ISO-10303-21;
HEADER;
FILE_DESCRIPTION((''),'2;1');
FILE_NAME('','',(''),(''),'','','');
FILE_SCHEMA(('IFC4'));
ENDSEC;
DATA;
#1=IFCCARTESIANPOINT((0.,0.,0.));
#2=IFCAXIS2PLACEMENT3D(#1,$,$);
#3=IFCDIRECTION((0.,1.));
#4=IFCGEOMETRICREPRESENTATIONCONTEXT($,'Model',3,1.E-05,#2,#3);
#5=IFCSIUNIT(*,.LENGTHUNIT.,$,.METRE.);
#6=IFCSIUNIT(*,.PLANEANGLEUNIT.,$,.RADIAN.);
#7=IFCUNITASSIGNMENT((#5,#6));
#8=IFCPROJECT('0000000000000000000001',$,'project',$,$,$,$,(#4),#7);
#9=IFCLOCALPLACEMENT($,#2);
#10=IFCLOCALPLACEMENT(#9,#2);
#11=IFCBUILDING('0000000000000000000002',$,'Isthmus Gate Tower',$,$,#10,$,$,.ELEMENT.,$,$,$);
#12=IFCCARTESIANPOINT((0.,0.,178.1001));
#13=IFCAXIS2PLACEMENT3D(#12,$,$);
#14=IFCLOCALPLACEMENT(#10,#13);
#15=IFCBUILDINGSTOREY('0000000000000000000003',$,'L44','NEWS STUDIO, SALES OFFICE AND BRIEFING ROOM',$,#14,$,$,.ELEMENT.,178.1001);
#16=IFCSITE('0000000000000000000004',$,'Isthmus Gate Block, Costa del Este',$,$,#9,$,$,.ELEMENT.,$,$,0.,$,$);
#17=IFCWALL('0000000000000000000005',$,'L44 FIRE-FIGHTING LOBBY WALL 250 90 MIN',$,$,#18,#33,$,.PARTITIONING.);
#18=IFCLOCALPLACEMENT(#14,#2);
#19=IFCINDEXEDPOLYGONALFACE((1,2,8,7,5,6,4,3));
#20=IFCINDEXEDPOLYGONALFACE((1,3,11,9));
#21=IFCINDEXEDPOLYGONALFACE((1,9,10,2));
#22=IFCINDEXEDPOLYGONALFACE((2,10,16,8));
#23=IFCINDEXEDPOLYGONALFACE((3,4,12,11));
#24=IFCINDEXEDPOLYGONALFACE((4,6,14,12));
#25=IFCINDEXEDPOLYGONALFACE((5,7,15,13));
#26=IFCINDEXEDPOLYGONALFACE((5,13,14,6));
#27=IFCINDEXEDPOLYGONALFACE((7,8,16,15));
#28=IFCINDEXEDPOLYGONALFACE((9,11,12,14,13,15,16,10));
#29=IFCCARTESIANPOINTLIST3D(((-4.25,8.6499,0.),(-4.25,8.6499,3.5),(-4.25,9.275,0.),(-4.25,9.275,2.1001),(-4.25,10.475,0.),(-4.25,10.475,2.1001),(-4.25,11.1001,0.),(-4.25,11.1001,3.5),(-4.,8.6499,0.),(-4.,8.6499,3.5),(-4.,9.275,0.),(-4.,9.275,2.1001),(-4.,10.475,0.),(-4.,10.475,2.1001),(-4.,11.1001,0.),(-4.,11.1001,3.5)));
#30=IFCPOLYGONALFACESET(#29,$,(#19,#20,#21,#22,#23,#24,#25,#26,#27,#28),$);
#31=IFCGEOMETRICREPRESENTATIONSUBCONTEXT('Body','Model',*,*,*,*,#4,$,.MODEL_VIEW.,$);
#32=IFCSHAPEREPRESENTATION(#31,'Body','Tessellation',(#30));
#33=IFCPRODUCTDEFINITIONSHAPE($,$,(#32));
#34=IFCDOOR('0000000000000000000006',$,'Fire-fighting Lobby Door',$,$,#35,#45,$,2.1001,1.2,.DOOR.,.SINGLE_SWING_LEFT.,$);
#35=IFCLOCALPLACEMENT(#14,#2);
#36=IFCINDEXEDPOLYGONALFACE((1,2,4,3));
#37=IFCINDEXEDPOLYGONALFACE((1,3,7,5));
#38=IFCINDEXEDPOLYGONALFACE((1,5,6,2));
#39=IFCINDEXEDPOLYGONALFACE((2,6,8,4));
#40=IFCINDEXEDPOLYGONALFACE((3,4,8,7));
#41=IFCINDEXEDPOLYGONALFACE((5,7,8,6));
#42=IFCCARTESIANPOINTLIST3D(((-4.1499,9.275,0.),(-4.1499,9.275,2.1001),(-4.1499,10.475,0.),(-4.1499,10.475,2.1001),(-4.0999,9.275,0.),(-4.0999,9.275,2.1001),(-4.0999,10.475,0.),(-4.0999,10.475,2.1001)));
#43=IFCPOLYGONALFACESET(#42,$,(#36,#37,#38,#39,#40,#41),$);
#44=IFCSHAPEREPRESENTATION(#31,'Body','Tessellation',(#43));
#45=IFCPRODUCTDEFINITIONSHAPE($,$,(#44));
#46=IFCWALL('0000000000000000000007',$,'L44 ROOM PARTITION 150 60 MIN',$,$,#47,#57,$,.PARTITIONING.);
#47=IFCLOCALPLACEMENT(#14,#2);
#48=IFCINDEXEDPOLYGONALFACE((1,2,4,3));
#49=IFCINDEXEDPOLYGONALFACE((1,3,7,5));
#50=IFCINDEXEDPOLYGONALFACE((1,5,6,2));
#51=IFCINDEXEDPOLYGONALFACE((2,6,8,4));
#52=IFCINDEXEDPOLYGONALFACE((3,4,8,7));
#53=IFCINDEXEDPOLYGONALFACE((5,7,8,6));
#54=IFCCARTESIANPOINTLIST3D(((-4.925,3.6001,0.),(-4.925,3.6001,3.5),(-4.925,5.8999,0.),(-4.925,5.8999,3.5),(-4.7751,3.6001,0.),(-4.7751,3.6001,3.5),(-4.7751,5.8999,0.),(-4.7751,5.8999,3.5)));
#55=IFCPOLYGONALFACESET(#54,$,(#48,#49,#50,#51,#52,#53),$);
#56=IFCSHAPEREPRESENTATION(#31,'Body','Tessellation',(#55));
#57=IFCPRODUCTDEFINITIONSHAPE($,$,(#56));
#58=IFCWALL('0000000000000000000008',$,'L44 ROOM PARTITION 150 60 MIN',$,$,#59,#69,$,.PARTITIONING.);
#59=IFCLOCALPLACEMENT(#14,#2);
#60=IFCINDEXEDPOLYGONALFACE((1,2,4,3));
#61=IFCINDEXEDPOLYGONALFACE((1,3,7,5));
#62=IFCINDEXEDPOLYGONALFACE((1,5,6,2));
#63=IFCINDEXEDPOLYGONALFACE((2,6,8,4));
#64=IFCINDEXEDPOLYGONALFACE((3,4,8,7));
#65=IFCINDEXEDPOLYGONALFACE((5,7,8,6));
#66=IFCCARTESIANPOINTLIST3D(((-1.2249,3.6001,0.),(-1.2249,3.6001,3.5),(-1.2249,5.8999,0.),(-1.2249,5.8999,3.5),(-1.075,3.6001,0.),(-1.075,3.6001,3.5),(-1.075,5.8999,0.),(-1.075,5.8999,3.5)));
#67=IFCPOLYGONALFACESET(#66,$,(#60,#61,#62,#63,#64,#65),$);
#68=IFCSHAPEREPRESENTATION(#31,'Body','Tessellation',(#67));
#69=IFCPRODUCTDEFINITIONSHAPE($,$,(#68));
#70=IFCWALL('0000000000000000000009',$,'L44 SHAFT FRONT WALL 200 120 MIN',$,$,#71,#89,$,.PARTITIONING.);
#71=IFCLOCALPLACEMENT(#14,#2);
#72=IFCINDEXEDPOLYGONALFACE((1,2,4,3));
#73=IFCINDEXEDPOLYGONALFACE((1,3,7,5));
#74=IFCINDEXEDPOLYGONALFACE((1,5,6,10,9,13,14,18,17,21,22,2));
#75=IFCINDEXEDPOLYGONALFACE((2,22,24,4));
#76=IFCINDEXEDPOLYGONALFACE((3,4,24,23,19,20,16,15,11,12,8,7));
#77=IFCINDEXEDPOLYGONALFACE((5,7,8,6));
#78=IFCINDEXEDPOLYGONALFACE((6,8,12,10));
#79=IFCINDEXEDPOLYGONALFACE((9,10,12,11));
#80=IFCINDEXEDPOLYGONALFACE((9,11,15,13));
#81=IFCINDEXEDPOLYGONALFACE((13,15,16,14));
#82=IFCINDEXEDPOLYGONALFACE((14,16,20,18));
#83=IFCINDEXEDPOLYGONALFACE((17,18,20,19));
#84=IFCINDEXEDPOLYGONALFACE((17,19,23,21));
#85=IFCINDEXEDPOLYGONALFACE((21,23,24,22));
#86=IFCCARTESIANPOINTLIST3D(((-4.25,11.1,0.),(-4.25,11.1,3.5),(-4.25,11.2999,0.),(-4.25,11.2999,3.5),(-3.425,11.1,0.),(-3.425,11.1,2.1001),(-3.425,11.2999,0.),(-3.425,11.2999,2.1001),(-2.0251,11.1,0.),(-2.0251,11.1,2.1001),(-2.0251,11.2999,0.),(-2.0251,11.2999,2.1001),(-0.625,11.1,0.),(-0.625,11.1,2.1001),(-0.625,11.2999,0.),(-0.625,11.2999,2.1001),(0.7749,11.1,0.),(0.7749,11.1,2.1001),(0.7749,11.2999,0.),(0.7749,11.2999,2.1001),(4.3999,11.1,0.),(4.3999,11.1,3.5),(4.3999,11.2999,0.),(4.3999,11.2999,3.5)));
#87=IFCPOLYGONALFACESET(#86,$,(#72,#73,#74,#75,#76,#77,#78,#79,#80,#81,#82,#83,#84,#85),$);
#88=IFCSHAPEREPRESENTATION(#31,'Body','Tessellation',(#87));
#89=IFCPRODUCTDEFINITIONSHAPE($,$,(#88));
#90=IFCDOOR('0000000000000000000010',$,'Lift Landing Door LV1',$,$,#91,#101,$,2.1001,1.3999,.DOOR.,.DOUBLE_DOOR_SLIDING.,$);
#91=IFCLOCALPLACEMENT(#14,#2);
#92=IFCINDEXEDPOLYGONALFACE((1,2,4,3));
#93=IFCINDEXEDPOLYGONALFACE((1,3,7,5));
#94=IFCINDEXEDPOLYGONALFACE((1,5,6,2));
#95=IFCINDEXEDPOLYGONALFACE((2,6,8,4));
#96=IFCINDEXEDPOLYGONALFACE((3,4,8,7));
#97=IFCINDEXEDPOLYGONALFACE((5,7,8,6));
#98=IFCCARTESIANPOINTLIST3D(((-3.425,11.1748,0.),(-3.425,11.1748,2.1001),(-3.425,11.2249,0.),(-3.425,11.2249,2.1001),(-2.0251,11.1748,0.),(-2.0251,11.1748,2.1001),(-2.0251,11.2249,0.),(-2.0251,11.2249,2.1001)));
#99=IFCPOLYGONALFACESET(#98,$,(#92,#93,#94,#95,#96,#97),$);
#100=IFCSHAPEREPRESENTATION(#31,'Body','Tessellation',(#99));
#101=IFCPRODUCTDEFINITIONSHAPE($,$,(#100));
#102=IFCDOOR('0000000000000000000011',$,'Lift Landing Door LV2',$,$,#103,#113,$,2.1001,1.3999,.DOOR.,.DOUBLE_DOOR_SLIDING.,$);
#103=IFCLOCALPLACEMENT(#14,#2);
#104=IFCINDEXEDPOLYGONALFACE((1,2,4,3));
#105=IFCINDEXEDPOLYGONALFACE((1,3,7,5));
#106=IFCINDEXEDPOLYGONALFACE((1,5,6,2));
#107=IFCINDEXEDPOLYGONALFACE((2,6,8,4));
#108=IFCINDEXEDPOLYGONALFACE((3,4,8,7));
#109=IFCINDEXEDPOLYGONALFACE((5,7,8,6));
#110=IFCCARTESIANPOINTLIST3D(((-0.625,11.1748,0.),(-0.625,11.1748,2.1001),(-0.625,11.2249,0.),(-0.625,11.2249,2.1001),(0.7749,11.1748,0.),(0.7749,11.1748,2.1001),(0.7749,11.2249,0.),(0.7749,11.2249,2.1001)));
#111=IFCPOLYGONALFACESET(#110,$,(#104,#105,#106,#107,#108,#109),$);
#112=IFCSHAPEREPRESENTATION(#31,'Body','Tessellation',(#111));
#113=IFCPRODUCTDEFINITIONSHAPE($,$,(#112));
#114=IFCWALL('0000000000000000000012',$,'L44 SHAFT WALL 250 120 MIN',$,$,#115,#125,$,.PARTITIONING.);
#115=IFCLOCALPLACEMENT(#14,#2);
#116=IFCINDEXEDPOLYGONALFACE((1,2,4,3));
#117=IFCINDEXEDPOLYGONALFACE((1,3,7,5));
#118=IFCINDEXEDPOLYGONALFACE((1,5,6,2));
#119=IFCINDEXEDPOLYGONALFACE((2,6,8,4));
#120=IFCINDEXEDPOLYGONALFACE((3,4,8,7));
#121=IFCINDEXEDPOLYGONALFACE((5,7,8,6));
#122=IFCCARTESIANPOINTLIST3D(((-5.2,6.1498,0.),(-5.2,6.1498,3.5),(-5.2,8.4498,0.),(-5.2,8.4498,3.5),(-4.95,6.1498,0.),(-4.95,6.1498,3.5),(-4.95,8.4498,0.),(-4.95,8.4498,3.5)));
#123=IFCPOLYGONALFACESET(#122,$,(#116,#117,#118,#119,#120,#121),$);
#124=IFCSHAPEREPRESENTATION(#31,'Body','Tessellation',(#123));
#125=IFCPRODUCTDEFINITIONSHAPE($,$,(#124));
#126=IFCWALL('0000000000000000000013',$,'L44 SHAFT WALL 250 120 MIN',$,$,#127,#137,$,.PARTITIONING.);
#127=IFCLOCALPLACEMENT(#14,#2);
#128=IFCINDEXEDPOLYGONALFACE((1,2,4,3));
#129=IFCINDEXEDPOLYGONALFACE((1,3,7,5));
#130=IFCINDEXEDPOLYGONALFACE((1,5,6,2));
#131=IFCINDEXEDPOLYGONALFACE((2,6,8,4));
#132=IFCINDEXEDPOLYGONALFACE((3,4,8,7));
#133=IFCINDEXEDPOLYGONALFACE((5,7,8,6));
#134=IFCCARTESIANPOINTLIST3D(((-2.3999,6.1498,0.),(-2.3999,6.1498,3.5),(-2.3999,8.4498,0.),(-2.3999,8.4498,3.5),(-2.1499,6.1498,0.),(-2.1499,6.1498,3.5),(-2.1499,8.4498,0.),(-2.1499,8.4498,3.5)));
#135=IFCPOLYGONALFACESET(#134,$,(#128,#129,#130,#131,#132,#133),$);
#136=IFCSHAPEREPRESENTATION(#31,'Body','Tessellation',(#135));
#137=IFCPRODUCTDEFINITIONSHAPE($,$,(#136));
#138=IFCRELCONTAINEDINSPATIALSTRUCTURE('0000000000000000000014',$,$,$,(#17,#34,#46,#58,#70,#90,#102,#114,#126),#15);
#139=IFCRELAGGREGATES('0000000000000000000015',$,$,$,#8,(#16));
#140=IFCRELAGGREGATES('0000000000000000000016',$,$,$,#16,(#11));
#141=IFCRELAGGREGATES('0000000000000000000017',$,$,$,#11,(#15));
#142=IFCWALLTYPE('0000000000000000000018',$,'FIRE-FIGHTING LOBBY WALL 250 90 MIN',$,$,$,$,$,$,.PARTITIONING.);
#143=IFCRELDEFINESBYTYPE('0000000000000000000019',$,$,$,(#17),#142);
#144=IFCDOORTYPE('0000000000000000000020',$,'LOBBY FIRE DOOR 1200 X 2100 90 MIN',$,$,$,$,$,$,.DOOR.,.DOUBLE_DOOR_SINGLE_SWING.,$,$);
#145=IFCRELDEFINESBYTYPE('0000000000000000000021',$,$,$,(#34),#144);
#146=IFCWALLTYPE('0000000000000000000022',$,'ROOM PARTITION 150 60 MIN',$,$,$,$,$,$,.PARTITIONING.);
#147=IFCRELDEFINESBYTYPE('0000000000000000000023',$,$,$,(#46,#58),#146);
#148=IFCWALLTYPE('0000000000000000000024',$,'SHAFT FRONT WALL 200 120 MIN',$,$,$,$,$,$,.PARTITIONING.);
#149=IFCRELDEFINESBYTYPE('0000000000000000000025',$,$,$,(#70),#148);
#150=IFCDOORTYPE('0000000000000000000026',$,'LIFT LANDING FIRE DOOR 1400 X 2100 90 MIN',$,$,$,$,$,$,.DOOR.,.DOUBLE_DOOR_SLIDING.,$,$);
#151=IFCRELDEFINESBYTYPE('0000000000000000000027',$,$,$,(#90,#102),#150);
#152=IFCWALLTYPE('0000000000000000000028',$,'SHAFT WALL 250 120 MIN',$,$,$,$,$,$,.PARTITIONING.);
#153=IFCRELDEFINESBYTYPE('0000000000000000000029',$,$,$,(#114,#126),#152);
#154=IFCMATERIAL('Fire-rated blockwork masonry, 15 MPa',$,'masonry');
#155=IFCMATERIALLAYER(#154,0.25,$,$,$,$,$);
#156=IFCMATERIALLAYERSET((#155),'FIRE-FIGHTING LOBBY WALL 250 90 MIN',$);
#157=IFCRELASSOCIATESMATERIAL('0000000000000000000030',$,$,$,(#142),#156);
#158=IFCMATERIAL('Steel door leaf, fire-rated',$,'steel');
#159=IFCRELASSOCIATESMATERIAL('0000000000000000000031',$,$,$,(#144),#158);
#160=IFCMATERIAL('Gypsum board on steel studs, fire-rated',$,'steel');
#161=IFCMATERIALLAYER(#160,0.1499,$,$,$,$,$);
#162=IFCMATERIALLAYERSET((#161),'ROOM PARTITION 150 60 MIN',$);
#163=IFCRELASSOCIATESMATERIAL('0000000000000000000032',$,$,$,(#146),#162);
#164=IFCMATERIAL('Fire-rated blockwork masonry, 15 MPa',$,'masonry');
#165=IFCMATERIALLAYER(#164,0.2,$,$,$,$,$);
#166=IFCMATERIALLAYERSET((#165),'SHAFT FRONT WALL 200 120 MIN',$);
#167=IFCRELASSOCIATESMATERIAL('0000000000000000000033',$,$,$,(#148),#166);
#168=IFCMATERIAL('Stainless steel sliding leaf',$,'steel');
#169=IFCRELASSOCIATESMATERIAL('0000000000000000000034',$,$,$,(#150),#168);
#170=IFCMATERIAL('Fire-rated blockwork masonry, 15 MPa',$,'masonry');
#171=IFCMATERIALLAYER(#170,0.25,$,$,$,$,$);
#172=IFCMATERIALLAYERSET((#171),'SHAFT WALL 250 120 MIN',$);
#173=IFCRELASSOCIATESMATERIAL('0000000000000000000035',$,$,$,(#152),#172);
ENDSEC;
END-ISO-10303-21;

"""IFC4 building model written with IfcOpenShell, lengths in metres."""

from ifc_helpers import new_model, si_unit, direction, frame, frame_2d, origin, place, context, subcontext, project, spatial, rectangle, extrude, material, layer, layer_set, type_object, element, fill, save


model = new_model("IFC4")

# Units and contexts
model_context = context("Model", 3, precision=1e-05, world=origin(), true_north=direction((0.0, 1.0)))
body_context = subcontext(model_context, "Body", "Model", "MODEL_VIEW")
ifc_project = project(units=[si_unit("LENGTHUNIT", "METRE"), si_unit("PLANEANGLEUNIT", "RADIAN")], contexts=[model_context])

# Site, building, storey
site_placement = place(None, origin())
site = spatial("IfcSite", under=ifc_project, at=site_placement, Name="Isthmus Gate Block, Costa del Este", CompositionType="ELEMENT", RefElevation=0.0)
building_placement = place(site_placement, origin())
building = spatial("IfcBuilding", under=site, at=building_placement, Name="Isthmus Gate Tower", CompositionType="ELEMENT")
storey_placement = place(building_placement, frame((0.0, 0.0, 178.1001)))
storey = spatial("IfcBuildingStorey", under=building, at=storey_placement, Name="L44", Description="NEWS STUDIO, SALES OFFICE AND BRIEFING ROOM", CompositionType="ELEMENT", Elevation=178.1001)

# Wall, opening, door
ifc_material_1 = material(Name="Fire-rated blockwork masonry, 15 MPa", Category="masonry")
ifc_layer_1 = layer(ifc_material_1, 0.25)
ifc_layer_set_1 = layer_set([ifc_layer_1], Name="FIRE-FIGHTING LOBBY WALL 250 90 MIN")
wall_type_1 = type_object("IfcWallType", Name="FIRE-FIGHTING LOBBY WALL 250 90 MIN", PredefinedType="PARTITIONING", material=ifc_layer_set_1)
wall_1_placement = place(storey_placement, frame((-4.125, 8.6499, 0.0), z_axis=(0.0, 0.0, 1.0), x_axis=(0.0, 1.0, 0.0)))
wall_1 = element("IfcWall", 1, at=wall_1_placement, inside=storey, type_object=wall_type_1, Name="L44 FIRE-FIGHTING LOBBY WALL 250 90 MIN", PredefinedType="PARTITIONING", context=body_context, shape_type="SweptSolid", body=[
    extrude(rectangle(XDim=2.4502, YDim=0.25, at=frame_2d((1.2251, 0.0))), origin(), (0.0, 0.0, 1.0), 3.5),
])
opening_1_placement = place(wall_1_placement, frame((0.625, 0.0, 0.0)))
opening_1 = element("IfcOpeningElement", 2, at=opening_1_placement, cuts=wall_1, PredefinedType="OPENING", context=body_context, shape_type="SweptSolid", body=[
    extrude(rectangle(XDim=1.2, YDim=2.1001, at=frame_2d((0.6001, 1.05))), frame((0.0, 0.135, 0.0), z_axis=(0.0, -1.0, 0.0), x_axis=(1.0, 0.0, 0.0)), (0.0, 0.0, 1.0), 0.27),
])
ifc_material_2 = material(Name="Steel door leaf, fire-rated", Category="steel")
door_type_1 = type_object("IfcDoorType", Name="LOBBY FIRE DOOR 1200 X 2100 90 MIN", OperationType="DOUBLE_DOOR_SINGLE_SWING", PredefinedType="DOOR", material=ifc_material_2)
door_1_placement = place(opening_1_placement, origin())
door_1 = element("IfcDoor", 3, at=door_1_placement, inside=storey, type_object=door_type_1, Name="Fire-fighting Lobby Door", OperationType="SINGLE_SWING_LEFT", OverallHeight=2.1001, OverallWidth=1.2, PredefinedType="DOOR", context=body_context, shape_type="SweptSolid", body=[
    extrude(rectangle(XDim=1.2, YDim=2.1001, at=frame_2d((0.6001, 1.05))), frame((0.0, 0.0249, 0.0), z_axis=(0.0, -1.0, 0.0), x_axis=(1.0, 0.0, 0.0)), (0.0, 0.0, 1.0), 0.05),
])
fill(opening_1, door_1)

# Walls
ifc_material_3 = material(Name="Gypsum board on steel studs, fire-rated", Category="steel")
ifc_layer_2 = layer(ifc_material_3, 0.1499)
ifc_layer_set_2 = layer_set([ifc_layer_2], Name="ROOM PARTITION 150 60 MIN")
wall_type_2 = type_object("IfcWallType", Name="ROOM PARTITION 150 60 MIN", PredefinedType="PARTITIONING", material=ifc_layer_set_2)
for number, where, z_axis, x_axis, name in (
    (4, (-4.8501, 3.6001, 0.0), (0.0, 0.0, 1.0), (0.0, 1.0, 0.0), "L44 ROOM PARTITION 150 60 MIN"),
    (5, (-1.1499, 3.6001, 0.0), (0.0, 0.0, 1.0), (0.0, 1.0, 0.0), "L44 ROOM PARTITION 150 60 MIN"),
):
    element("IfcWall", number, at=place(storey_placement, frame(where, z_axis=z_axis, x_axis=x_axis)), inside=storey, type_object=wall_type_2, Name=name, PredefinedType="PARTITIONING", context=body_context, shape_type="SweptSolid", body=[
        extrude(rectangle(XDim=2.2998, YDim=0.1499, at=frame_2d((1.1499, 0.0))), origin(), (0.0, 0.0, 1.0), 3.5),
    ])

# Wall, openings, doors
ifc_material_4 = material(Name="Fire-rated blockwork masonry, 15 MPa", Category="masonry")
ifc_layer_3 = layer(ifc_material_4, 0.2)
ifc_layer_set_3 = layer_set([ifc_layer_3], Name="SHAFT FRONT WALL 200 120 MIN")
wall_type_3 = type_object("IfcWallType", Name="SHAFT FRONT WALL 200 120 MIN", PredefinedType="PARTITIONING", material=ifc_layer_set_3)
wall_2_placement = place(storey_placement, frame((-4.25, 11.2, 0.0), z_axis=(0.0, 0.0, 1.0), x_axis=(1.0, 0.0, 0.0)))
wall_2 = element("IfcWall", 6, at=wall_2_placement, inside=storey, type_object=wall_type_3, Name="L44 SHAFT FRONT WALL 200 120 MIN", PredefinedType="PARTITIONING", context=body_context, shape_type="SweptSolid", body=[
    extrude(rectangle(XDim=8.6499, YDim=0.2, at=frame_2d((4.325, 0.0))), origin(), (0.0, 0.0, 1.0), 3.5),
])
opening_2_placement = place(wall_2_placement, frame((0.825, 0.0, 0.0)))
opening_2 = element("IfcOpeningElement", 7, at=opening_2_placement, cuts=wall_2, PredefinedType="OPENING", context=body_context, shape_type="SweptSolid", body=[
    extrude(rectangle(XDim=1.3999, YDim=2.1001, at=frame_2d((0.7, 1.05))), frame((0.0, 0.1099, 0.0), z_axis=(0.0, -1.0, 0.0), x_axis=(1.0, 0.0, 0.0)), (0.0, 0.0, 1.0), 0.22),
])
opening_3_placement = place(wall_2_placement, frame((3.625, 0.0, 0.0)))
opening_3 = element("IfcOpeningElement", 8, at=opening_3_placement, cuts=wall_2, PredefinedType="OPENING", context=body_context, shape_type="SweptSolid", body=[
    extrude(rectangle(XDim=1.3999, YDim=2.1001, at=frame_2d((0.7, 1.05))), frame((0.0, 0.1099, 0.0), z_axis=(0.0, -1.0, 0.0), x_axis=(1.0, 0.0, 0.0)), (0.0, 0.0, 1.0), 0.22),
])
ifc_material_5 = material(Name="Stainless steel sliding leaf", Category="steel")
door_type_2 = type_object("IfcDoorType", Name="LIFT LANDING FIRE DOOR 1400 X 2100 90 MIN", OperationType="DOUBLE_DOOR_SLIDING", PredefinedType="DOOR", material=ifc_material_5)
door_2_placement = place(opening_2_placement, origin())
door_2 = element("IfcDoor", 9, at=door_2_placement, inside=storey, type_object=door_type_2, Name="Lift Landing Door LV1", OperationType="DOUBLE_DOOR_SLIDING", OverallHeight=2.1001, OverallWidth=1.3999, PredefinedType="DOOR", context=body_context, shape_type="SweptSolid", body=[
    extrude(rectangle(XDim=1.3999, YDim=2.1001, at=frame_2d((0.7, 1.05))), frame((0.0, 0.0249, 0.0), z_axis=(0.0, -1.0, 0.0), x_axis=(1.0, 0.0, 0.0)), (0.0, 0.0, 1.0), 0.05),
])
fill(opening_2, door_2)
door_3_placement = place(opening_3_placement, origin())
door_3 = element("IfcDoor", 10, at=door_3_placement, inside=storey, type_object=door_type_2, Name="Lift Landing Door LV2", OperationType="DOUBLE_DOOR_SLIDING", OverallHeight=2.1001, OverallWidth=1.3999, PredefinedType="DOOR", context=body_context, shape_type="SweptSolid", body=[
    extrude(rectangle(XDim=1.3999, YDim=2.1001, at=frame_2d((0.7, 1.05))), frame((0.0, 0.0249, 0.0), z_axis=(0.0, -1.0, 0.0), x_axis=(1.0, 0.0, 0.0)), (0.0, 0.0, 1.0), 0.05),
])
fill(opening_3, door_3)

# Walls
ifc_material_6 = material(Name="Fire-rated blockwork masonry, 15 MPa", Category="masonry")
ifc_layer_4 = layer(ifc_material_6, 0.25)
ifc_layer_set_4 = layer_set([ifc_layer_4], Name="SHAFT WALL 250 120 MIN")
wall_type_4 = type_object("IfcWallType", Name="SHAFT WALL 250 120 MIN", PredefinedType="PARTITIONING", material=ifc_layer_set_4)
for number, where, z_axis, x_axis, name in (
    (11, (-5.075, 6.1499, 0.0), (0.0, 0.0, 1.0), (0.0, 1.0, 0.0), "L44 SHAFT WALL 250 120 MIN"),
    (12, (-2.2749, 6.1499, 0.0), (0.0, 0.0, 1.0), (0.0, 1.0, 0.0), "L44 SHAFT WALL 250 120 MIN"),
):
    element("IfcWall", number, at=place(storey_placement, frame(where, z_axis=z_axis, x_axis=x_axis)), inside=storey, type_object=wall_type_4, Name=name, PredefinedType="PARTITIONING", context=body_context, shape_type="SweptSolid", body=[
        extrude(rectangle(XDim=2.3, YDim=0.25, at=frame_2d((1.1499, 0.0))), origin(), (0.0, 0.0, 1.0), 3.5),
    ])

save(model, "model.ifc")
